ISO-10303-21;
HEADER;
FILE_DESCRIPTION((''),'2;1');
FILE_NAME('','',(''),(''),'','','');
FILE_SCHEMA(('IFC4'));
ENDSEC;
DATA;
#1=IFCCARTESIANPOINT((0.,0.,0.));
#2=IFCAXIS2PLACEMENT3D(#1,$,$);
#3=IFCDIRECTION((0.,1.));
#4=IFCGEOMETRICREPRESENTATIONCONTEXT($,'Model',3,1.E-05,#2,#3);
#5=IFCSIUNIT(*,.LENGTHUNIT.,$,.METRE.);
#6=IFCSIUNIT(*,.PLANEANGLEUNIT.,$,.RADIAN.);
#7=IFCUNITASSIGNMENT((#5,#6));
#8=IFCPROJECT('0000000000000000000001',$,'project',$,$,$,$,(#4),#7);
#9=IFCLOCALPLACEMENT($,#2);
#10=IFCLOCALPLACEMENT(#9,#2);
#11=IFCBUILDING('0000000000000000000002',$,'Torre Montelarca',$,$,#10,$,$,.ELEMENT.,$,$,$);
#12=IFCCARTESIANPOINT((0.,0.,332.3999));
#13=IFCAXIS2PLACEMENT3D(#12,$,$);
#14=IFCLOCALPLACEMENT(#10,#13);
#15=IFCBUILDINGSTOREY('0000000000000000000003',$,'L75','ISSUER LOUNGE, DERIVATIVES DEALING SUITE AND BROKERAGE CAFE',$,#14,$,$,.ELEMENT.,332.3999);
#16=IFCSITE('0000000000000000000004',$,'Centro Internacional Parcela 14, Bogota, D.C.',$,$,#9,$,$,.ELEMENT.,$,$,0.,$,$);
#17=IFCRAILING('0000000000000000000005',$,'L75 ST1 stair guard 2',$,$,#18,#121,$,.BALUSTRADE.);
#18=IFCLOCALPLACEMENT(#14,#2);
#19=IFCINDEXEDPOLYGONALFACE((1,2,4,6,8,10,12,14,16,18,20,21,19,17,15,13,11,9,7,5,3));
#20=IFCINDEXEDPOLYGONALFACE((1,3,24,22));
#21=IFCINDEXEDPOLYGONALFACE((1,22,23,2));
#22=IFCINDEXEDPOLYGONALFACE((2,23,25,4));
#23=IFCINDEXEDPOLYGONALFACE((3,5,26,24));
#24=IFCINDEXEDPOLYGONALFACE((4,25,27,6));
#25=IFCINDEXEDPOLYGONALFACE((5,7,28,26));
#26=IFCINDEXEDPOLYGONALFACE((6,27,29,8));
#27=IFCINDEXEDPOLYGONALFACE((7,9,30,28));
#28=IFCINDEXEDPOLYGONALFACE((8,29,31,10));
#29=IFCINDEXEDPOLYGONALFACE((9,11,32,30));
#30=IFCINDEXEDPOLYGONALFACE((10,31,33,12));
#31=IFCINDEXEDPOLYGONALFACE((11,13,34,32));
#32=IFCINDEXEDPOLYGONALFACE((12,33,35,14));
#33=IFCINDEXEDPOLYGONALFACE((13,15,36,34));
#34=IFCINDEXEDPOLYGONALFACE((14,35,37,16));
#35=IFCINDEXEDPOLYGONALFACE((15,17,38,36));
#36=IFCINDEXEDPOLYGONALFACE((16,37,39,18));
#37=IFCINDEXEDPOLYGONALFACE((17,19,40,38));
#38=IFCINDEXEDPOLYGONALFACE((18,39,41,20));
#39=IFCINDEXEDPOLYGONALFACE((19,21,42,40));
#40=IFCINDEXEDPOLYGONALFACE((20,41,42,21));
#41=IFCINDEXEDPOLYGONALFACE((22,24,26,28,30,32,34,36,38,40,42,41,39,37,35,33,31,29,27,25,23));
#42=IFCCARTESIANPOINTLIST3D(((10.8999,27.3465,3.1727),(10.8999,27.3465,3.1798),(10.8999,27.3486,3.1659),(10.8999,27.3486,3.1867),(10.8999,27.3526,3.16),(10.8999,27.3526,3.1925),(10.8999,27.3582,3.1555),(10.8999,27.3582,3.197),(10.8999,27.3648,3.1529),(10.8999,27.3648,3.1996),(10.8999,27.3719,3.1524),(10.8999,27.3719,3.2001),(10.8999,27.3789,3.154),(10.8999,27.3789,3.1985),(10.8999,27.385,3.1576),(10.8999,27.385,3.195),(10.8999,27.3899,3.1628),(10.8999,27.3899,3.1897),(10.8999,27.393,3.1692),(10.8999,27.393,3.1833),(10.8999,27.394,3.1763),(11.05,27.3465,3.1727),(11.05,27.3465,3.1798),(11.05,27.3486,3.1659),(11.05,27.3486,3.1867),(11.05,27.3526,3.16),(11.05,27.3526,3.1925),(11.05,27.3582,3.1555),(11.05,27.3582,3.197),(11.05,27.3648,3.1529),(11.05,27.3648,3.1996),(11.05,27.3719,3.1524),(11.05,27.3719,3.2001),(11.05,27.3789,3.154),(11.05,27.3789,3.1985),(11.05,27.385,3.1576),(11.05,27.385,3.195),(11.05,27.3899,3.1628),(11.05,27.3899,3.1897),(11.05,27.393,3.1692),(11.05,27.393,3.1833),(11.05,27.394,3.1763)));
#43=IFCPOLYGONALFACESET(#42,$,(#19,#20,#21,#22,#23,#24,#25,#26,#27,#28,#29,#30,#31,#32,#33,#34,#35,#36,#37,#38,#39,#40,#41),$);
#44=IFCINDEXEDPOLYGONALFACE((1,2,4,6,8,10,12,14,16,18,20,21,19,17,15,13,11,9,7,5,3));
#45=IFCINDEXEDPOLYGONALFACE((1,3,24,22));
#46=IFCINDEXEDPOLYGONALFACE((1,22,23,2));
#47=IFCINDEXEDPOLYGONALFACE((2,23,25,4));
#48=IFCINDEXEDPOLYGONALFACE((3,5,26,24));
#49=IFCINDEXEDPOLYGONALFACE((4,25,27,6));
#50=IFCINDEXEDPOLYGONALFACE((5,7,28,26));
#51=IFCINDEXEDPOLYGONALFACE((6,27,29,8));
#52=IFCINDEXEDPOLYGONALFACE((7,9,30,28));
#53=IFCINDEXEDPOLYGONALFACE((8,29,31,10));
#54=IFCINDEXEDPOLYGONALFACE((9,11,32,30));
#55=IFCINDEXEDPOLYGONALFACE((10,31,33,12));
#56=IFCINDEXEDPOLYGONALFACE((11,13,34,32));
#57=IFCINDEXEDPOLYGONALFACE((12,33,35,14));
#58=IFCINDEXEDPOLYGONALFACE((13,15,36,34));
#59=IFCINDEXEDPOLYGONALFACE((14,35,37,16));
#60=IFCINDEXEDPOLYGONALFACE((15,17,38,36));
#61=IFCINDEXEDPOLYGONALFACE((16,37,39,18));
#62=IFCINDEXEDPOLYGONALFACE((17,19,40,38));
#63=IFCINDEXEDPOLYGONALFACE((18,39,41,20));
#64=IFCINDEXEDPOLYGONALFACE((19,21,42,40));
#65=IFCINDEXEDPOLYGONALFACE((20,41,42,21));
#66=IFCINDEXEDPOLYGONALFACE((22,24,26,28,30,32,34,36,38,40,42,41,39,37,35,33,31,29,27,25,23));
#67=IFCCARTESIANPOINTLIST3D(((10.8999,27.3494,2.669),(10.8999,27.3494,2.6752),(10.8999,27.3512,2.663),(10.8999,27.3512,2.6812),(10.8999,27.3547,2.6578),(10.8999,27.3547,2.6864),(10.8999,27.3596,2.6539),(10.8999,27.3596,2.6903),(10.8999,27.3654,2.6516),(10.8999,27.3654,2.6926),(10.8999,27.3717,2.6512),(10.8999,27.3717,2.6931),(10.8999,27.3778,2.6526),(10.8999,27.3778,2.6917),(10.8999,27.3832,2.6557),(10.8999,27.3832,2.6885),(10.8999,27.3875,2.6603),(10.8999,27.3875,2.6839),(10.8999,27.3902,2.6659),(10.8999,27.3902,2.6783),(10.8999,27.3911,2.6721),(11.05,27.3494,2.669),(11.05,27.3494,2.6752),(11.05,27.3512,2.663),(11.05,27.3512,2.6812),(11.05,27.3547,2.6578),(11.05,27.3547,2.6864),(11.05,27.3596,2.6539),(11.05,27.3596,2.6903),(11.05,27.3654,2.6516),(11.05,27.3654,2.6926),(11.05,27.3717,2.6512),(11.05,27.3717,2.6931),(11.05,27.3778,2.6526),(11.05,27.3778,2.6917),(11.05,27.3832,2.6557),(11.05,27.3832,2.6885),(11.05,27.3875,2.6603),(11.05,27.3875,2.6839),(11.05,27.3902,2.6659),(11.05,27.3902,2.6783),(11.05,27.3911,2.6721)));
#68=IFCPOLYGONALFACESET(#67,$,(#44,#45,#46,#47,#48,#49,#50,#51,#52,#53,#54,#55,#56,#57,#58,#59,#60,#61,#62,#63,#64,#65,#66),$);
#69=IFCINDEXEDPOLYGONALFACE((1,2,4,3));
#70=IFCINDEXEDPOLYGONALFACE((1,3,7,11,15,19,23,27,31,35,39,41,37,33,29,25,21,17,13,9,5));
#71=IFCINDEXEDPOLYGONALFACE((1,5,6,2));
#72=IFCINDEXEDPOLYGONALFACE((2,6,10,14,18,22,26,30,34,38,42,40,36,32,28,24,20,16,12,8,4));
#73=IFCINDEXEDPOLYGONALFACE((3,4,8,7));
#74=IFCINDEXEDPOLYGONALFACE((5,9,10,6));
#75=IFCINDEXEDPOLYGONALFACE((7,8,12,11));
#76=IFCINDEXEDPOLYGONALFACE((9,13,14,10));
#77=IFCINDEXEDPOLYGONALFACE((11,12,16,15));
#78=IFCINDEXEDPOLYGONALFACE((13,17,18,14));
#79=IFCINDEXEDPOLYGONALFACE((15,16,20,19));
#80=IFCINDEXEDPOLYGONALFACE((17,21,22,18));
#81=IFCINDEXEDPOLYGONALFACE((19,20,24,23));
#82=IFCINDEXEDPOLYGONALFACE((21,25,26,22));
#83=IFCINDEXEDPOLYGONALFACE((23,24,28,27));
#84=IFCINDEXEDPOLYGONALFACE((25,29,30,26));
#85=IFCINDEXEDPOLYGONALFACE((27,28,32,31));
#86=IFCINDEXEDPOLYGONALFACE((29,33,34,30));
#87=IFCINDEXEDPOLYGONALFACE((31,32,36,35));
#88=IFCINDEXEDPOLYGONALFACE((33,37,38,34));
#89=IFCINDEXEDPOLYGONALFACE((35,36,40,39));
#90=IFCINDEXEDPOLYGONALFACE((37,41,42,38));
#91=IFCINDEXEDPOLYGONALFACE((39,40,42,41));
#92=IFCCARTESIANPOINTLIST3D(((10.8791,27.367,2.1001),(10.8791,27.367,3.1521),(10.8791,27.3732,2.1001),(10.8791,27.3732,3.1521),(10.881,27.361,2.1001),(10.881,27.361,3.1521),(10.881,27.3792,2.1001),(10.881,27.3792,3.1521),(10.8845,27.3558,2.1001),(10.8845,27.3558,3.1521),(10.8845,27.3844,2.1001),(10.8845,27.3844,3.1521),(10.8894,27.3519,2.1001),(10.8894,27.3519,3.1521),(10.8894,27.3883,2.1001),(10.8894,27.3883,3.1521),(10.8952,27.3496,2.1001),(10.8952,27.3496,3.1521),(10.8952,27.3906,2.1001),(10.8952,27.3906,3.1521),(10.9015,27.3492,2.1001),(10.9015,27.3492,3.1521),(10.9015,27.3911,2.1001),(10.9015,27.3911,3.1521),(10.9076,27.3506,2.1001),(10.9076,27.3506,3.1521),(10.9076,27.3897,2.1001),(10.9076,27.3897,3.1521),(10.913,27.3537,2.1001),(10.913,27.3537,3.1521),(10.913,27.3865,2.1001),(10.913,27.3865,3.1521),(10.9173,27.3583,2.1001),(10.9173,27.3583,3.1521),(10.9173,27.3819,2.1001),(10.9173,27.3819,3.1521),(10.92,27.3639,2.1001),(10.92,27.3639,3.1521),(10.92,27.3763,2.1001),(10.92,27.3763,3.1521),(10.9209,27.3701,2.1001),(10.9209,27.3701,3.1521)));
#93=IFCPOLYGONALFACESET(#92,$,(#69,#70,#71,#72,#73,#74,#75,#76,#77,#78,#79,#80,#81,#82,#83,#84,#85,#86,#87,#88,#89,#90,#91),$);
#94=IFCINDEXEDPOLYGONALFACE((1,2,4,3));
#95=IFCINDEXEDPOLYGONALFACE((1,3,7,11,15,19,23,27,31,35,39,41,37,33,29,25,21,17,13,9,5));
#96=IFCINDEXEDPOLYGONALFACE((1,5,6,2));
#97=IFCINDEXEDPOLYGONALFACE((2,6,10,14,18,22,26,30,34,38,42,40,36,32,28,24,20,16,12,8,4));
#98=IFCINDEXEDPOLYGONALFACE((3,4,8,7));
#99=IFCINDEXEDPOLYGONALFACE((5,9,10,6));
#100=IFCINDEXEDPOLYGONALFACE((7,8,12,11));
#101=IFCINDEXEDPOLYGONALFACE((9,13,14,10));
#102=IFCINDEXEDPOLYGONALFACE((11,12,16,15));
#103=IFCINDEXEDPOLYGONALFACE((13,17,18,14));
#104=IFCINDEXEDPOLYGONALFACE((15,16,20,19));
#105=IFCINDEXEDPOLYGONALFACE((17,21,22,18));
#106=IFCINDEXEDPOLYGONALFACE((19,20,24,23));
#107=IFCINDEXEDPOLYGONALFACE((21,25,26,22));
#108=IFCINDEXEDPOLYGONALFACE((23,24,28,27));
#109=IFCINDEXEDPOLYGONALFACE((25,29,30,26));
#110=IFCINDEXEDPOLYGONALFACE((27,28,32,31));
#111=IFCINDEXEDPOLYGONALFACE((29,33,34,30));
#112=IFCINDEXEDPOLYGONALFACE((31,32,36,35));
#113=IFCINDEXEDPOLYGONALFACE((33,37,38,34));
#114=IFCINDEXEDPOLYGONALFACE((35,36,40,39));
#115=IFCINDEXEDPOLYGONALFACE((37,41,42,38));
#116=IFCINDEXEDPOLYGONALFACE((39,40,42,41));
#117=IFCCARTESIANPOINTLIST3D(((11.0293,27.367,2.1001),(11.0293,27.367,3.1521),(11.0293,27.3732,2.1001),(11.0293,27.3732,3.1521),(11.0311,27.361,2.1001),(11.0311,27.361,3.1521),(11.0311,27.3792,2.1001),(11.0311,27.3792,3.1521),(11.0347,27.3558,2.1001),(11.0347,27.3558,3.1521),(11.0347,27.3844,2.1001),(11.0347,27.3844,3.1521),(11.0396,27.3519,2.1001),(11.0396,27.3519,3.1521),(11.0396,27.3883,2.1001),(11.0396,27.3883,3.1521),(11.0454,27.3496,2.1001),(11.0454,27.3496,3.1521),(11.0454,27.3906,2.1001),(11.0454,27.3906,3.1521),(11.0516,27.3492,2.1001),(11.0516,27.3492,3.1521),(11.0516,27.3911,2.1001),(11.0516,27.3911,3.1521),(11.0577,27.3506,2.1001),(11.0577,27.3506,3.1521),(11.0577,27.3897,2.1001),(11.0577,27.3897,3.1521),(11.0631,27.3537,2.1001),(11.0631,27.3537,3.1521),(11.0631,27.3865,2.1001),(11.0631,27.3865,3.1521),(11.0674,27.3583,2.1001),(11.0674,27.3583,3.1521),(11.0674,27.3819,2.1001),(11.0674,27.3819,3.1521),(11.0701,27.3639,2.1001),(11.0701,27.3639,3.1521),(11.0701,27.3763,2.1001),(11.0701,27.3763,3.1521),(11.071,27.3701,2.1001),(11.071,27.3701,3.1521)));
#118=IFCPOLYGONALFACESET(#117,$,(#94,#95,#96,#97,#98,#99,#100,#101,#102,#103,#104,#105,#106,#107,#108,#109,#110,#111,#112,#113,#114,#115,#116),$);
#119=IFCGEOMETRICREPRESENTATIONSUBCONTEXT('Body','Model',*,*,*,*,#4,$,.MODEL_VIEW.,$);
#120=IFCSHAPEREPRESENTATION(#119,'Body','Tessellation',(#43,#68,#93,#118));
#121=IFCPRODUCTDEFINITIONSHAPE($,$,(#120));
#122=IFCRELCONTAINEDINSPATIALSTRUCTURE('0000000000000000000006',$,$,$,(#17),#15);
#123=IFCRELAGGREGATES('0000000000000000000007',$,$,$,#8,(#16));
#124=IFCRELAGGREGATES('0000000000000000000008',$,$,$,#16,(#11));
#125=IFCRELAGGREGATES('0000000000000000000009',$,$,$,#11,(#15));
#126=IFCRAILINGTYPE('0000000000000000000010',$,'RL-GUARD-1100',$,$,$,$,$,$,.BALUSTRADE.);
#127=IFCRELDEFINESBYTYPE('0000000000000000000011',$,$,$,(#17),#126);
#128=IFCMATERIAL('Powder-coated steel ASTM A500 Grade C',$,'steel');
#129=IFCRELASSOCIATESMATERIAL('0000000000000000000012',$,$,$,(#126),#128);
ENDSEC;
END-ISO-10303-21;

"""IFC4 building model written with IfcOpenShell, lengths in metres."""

from ifc_helpers import new_model, si_unit, direction, frame, origin, origin_2d, place, context, subcontext, project, spatial, circle, extrude, material, type_object, element, save


model = new_model("IFC4")

# Units and contexts
model_context = context("Model", 3, precision=1e-05, world=origin(), true_north=direction((0.0, 1.0)))
body_context = subcontext(model_context, "Body", "Model", "MODEL_VIEW")
ifc_project = project(units=[si_unit("LENGTHUNIT", "METRE"), si_unit("PLANEANGLEUNIT", "RADIAN")], contexts=[model_context])

# Site, building, storey
site_placement = place(None, origin())
site = spatial("IfcSite", under=ifc_project, at=site_placement, Name="Centro Internacional Parcela 14, Bogota, D.C.", CompositionType="ELEMENT", RefElevation=0.0)
building_placement = place(site_placement, origin())
building = spatial("IfcBuilding", under=site, at=building_placement, Name="Torre Montelarca", CompositionType="ELEMENT")
storey_placement = place(building_placement, frame((0.0, 0.0, 332.3999)))
storey = spatial("IfcBuildingStorey", under=building, at=storey_placement, Name="L75", Description="ISSUER LOUNGE, DERIVATIVES DEALING SUITE AND BROKERAGE CAFE", CompositionType="ELEMENT", Elevation=332.3999)

# Railing
ifc_material_1 = material(Name="Powder-coated steel ASTM A500 Grade C", Category="steel")
railing_type_1 = type_object("IfcRailingType", Name="RL-GUARD-1100", PredefinedType="BALUSTRADE", material=ifc_material_1)
railing_1_placement = place(storey_placement, frame((10.8999, 27.3701, 2.1001)))
element("IfcRailing", 1, at=railing_1_placement, inside=storey, type_object=railing_type_1, Name="L75 ST1 stair guard 2", PredefinedType="BALUSTRADE", context=body_context, shape_type="SweptSolid", body=[
    extrude(circle(Radius=0.0239, at=origin_2d()), frame((0.0, 0.0, 1.0762), z_axis=(1.0, 0.0, 0.0), x_axis=(0.0, 1.0, 0.0)), (0.0, 0.0, 1.0), 0.1501),
    extrude(circle(Radius=0.021, at=origin_2d()), frame((0.0, 0.0, 0.572), z_axis=(1.0, 0.0, 0.0), x_axis=(0.0, 1.0, 0.0)), (0.0, 0.0, 1.0), 0.1501),
    extrude(circle(Radius=0.021, at=origin_2d()), origin(), (0.0, 0.0, 1.0), 1.052),
    extrude(circle(Radius=0.021, at=origin_2d()), frame((0.1501, 0.0, 0.0)), (0.0, 0.0, 1.0), 1.052),
])

save(model, "model.ifc")
